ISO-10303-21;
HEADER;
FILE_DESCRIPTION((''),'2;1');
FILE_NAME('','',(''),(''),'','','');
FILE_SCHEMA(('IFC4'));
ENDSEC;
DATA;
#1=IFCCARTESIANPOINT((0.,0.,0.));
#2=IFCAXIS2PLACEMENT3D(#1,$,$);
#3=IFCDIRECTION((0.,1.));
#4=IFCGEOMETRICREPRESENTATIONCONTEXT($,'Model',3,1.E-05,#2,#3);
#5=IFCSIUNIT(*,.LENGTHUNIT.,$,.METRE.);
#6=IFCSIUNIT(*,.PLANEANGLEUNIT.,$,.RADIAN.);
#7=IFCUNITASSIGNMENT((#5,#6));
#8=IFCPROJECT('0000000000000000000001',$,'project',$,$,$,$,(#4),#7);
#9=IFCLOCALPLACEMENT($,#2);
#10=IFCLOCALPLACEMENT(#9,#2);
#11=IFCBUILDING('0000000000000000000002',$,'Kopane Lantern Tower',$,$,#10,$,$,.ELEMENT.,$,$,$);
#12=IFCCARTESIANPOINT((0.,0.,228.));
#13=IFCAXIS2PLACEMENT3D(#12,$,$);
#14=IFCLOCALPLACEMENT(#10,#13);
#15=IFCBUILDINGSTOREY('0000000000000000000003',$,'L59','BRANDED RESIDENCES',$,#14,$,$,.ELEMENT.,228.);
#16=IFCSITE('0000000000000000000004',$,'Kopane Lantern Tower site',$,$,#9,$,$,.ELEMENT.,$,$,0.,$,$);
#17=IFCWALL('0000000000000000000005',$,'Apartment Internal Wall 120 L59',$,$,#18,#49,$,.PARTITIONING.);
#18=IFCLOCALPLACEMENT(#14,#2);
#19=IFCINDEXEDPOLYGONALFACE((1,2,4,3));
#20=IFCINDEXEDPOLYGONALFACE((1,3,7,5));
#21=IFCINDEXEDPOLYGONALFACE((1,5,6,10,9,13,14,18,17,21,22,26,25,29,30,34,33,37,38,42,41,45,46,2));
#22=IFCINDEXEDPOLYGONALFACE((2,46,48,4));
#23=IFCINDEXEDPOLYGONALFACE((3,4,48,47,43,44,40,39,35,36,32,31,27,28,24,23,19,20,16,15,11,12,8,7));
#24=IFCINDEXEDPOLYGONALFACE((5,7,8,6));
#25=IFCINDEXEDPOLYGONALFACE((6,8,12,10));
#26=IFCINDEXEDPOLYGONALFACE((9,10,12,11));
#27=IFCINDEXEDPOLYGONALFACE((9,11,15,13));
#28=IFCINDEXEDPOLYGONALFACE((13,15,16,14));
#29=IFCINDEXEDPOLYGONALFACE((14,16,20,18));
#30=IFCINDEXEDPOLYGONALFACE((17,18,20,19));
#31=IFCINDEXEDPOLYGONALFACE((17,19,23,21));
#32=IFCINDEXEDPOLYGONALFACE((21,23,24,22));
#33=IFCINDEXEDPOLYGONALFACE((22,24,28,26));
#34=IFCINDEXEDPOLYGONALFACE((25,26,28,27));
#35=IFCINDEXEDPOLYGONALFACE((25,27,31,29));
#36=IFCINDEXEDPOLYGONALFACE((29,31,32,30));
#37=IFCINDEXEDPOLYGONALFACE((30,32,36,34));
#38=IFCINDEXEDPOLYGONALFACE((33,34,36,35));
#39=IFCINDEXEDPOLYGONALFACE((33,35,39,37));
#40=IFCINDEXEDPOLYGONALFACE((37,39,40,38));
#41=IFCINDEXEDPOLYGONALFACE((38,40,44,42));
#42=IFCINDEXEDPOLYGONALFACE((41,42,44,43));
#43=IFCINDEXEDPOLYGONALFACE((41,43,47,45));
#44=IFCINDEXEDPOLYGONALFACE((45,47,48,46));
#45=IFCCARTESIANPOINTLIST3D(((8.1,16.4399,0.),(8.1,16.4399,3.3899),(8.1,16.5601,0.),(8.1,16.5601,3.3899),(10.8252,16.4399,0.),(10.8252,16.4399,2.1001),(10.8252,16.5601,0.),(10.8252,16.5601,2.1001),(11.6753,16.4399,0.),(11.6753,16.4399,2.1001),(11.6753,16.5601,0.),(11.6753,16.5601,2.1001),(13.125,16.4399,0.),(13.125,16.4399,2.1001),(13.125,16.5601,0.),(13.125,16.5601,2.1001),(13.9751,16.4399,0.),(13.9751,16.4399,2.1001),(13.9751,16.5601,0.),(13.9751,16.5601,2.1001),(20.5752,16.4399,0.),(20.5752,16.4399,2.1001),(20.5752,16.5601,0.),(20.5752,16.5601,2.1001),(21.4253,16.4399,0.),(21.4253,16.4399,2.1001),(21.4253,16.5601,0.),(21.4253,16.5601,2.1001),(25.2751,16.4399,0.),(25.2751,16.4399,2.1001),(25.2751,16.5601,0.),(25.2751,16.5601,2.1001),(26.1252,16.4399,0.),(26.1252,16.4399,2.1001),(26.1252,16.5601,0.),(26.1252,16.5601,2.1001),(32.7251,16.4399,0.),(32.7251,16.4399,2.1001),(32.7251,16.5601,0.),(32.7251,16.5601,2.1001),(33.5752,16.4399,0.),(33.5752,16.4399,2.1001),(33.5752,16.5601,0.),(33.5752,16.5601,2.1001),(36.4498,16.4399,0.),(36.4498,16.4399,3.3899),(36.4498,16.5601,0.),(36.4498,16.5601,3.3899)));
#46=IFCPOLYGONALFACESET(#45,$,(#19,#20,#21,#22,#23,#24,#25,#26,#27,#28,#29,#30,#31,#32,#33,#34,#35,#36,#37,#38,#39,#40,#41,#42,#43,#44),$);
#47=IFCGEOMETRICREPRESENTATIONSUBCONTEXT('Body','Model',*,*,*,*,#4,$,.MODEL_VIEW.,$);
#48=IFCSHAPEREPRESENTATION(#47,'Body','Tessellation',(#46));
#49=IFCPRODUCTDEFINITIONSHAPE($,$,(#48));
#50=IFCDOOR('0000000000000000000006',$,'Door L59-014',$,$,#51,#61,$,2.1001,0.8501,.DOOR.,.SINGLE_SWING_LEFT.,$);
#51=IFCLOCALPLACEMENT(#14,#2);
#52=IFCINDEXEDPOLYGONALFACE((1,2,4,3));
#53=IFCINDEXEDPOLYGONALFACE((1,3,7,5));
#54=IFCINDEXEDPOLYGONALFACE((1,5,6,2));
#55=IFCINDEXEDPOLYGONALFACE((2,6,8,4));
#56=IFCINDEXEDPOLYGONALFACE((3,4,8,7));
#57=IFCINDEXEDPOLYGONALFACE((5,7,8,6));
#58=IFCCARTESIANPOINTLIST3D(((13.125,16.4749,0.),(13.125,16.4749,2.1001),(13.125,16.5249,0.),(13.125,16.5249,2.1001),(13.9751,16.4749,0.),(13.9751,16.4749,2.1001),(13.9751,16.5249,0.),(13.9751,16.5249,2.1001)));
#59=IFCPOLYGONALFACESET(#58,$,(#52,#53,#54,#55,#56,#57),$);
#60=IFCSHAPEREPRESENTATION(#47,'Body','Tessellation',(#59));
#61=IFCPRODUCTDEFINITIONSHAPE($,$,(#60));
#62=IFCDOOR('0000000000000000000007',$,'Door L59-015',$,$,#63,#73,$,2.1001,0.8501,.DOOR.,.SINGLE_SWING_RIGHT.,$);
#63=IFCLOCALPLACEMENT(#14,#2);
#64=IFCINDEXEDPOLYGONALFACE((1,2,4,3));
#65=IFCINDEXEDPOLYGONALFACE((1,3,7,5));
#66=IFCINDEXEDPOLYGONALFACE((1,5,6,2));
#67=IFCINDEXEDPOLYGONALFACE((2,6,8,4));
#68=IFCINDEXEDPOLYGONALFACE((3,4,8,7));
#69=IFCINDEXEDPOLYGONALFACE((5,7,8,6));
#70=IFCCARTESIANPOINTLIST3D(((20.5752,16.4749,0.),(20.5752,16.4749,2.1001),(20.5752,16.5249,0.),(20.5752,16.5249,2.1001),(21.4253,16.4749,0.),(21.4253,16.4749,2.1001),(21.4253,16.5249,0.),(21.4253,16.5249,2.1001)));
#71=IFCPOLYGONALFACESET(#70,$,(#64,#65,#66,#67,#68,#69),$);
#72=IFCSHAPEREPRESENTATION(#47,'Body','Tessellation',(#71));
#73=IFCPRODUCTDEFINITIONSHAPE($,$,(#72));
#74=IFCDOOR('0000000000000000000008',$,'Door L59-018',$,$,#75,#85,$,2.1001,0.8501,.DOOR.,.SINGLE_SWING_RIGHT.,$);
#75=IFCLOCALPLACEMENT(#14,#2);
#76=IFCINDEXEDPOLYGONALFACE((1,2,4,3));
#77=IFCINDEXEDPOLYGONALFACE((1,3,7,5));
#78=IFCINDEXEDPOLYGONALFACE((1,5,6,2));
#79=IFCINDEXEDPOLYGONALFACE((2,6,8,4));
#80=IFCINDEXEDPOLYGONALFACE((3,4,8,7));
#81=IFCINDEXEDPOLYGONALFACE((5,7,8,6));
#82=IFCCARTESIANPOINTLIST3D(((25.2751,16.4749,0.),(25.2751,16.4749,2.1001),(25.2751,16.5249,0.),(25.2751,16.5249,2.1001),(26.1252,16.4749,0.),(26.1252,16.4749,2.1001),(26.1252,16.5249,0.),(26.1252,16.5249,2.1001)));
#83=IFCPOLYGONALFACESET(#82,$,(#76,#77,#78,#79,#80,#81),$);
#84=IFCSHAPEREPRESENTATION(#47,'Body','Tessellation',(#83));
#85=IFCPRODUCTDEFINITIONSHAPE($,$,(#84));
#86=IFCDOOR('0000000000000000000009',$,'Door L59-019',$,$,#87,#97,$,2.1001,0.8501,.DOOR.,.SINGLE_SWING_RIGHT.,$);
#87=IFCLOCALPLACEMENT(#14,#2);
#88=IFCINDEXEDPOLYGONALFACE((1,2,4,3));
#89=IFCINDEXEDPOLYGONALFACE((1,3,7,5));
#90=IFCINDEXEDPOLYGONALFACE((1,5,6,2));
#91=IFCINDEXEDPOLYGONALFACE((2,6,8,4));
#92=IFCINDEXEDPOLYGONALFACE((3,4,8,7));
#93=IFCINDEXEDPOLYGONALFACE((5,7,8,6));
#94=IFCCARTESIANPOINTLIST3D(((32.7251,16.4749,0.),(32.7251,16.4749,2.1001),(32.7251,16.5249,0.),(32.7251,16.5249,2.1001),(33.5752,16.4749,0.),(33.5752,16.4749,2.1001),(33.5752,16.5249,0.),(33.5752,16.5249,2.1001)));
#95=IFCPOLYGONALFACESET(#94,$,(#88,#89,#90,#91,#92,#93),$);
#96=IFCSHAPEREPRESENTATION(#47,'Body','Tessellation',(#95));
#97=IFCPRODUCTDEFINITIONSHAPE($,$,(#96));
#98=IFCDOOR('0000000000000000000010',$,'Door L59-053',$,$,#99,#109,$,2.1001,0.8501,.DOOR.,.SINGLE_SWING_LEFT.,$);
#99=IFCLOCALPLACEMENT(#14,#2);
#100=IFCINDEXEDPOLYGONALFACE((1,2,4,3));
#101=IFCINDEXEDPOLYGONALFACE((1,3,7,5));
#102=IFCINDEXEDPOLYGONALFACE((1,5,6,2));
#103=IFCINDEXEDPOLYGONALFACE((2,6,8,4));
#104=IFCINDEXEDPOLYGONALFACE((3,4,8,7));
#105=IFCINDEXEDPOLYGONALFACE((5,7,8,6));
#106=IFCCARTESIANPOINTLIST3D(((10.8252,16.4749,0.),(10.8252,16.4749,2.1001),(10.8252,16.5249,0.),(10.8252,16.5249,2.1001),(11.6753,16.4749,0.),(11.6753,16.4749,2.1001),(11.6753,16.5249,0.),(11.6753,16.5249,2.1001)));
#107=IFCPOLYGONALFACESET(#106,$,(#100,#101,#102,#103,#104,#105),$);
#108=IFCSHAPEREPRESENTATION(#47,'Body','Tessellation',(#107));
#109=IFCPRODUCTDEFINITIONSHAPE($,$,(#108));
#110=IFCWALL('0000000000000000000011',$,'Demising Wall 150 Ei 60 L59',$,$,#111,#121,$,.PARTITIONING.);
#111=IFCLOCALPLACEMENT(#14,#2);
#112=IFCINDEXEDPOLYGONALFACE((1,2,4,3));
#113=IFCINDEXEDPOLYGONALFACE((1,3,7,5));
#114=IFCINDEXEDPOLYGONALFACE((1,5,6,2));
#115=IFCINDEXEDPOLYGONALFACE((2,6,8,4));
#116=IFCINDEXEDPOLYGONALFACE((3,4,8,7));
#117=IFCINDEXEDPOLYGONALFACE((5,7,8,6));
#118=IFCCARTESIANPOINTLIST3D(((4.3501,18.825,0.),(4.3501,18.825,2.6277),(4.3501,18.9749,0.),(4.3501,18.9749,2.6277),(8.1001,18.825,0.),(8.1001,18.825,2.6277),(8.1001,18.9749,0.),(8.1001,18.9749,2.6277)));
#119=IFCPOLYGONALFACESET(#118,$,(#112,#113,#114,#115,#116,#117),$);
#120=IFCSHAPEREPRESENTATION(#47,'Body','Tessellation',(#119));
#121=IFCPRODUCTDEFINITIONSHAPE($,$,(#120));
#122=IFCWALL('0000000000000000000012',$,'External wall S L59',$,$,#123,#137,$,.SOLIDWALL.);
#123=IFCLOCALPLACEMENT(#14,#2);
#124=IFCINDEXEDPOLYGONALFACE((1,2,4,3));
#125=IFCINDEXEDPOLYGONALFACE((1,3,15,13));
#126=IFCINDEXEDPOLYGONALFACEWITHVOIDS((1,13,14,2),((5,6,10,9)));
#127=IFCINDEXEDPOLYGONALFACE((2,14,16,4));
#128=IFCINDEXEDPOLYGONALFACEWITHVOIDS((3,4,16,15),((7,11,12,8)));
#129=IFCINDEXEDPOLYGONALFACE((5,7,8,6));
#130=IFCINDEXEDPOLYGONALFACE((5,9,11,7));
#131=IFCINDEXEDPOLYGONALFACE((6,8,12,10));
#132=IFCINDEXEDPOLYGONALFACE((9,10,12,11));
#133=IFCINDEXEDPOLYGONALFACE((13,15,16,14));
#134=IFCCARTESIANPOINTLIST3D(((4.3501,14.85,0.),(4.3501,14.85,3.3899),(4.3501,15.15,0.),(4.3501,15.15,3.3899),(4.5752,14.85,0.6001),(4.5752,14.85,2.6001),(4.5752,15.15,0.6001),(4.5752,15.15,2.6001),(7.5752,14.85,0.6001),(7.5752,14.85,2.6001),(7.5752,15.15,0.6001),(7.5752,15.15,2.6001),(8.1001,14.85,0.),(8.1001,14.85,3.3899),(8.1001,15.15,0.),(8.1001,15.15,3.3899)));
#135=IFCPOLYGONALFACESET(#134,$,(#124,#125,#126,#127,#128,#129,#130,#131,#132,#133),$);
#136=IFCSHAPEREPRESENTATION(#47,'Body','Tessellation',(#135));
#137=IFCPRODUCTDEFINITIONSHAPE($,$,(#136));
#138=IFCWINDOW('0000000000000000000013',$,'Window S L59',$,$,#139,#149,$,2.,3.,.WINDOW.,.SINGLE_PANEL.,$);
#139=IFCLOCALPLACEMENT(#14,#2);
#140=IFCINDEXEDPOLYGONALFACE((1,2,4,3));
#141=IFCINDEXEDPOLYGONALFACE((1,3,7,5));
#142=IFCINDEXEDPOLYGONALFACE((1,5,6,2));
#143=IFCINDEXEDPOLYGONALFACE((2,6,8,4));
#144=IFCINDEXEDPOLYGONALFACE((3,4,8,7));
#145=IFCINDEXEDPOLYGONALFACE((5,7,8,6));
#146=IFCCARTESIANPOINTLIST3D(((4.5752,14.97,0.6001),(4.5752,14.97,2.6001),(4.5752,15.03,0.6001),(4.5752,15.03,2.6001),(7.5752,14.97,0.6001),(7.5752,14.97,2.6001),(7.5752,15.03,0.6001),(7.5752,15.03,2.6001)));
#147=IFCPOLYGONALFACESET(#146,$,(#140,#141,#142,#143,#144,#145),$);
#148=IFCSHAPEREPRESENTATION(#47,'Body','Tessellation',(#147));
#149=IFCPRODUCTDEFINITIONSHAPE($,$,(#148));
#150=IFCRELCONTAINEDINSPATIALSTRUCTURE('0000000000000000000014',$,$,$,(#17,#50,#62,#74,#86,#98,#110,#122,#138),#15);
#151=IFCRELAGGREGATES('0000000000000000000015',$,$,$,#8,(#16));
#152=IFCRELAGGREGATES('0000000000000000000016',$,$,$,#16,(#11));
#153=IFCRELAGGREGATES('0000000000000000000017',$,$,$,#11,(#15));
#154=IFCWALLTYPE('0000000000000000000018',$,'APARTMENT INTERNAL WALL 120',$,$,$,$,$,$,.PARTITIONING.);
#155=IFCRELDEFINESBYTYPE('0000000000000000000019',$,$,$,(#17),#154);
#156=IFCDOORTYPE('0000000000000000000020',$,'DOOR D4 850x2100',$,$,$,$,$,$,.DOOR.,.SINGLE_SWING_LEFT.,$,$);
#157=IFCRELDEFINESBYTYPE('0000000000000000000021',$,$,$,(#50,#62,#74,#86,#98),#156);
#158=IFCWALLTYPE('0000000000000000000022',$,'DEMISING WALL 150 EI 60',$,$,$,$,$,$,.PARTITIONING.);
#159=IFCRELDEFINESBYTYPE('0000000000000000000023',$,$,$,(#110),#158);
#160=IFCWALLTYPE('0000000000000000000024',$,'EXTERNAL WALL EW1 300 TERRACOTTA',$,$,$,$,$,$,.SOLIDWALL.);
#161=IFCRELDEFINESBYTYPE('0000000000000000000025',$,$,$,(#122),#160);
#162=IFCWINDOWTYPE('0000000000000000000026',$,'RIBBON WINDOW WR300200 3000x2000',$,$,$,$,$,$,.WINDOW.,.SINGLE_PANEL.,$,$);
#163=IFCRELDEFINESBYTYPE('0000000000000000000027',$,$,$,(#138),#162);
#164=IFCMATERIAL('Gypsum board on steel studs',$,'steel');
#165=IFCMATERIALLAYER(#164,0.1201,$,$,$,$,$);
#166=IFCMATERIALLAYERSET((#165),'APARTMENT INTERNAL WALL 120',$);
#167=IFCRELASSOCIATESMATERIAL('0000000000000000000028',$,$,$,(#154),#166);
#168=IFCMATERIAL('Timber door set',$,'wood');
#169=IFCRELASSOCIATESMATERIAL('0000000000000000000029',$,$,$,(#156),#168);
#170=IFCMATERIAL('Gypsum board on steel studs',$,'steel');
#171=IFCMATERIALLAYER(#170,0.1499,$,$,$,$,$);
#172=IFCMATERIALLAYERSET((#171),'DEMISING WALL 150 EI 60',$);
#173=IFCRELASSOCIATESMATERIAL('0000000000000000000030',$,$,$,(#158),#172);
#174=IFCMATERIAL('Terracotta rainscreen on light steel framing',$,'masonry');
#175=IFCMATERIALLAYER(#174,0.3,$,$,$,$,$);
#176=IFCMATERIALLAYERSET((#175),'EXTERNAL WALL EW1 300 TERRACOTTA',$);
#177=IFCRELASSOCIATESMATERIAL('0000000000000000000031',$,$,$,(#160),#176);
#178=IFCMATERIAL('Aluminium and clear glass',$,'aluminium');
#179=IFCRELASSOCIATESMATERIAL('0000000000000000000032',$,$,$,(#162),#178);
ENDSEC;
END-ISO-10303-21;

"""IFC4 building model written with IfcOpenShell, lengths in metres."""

from ifc_helpers import new_model, si_unit, direction, frame, frame_2d, origin, place, context, subcontext, project, spatial, rectangle, extrude, material, layer, layer_set, type_object, element, fill, save


model = new_model("IFC4")

# Units and contexts
model_context = context("Model", 3, precision=1e-05, world=origin(), true_north=direction((0.0, 1.0)))
body_context = subcontext(model_context, "Body", "Model", "MODEL_VIEW")
ifc_project = project(units=[si_unit("LENGTHUNIT", "METRE"), si_unit("PLANEANGLEUNIT", "RADIAN")], contexts=[model_context])

# Site, building, storey
site_placement = place(None, origin())
site = spatial("IfcSite", under=ifc_project, at=site_placement, Name="Kopane Lantern Tower site", CompositionType="ELEMENT", RefElevation=0.0)
building_placement = place(site_placement, origin())
building = spatial("IfcBuilding", under=site, at=building_placement, Name="Kopane Lantern Tower", CompositionType="ELEMENT")
storey_placement = place(building_placement, frame((0.0, 0.0, 228.0)))
storey = spatial("IfcBuildingStorey", under=building, at=storey_placement, Name="L59", Description="BRANDED RESIDENCES", CompositionType="ELEMENT", Elevation=228.0)

# Wall, openings, doors
ifc_material_1 = material(Name="Gypsum board on steel studs", Category="steel")
ifc_layer_1 = layer(ifc_material_1, 0.1201)
ifc_layer_set_1 = layer_set([ifc_layer_1], Name="APARTMENT INTERNAL WALL 120")
wall_type_1 = type_object("IfcWallType", Name="APARTMENT INTERNAL WALL 120", PredefinedType="PARTITIONING", material=ifc_layer_set_1)
ifc_material_2 = material(Name="Timber door set", Category="wood")
door_type = type_object("IfcDoorType", Name="DOOR D4 850x2100", OperationType="SINGLE_SWING_LEFT", PredefinedType="DOOR", material=ifc_material_2)
wall_1_placement = place(storey_placement, frame((8.1001, 16.5, 0.0), z_axis=(0.0, 0.0, 1.0), x_axis=(1.0, 0.0, 0.0)))
wall_1 = element("IfcWall", 1, at=wall_1_placement, inside=storey, type_object=wall_type_1, Name="Apartment Internal Wall 120 L59", PredefinedType="PARTITIONING", context=body_context, shape_type="SweptSolid", body=[
    extrude(rectangle(XDim=28.3499, YDim=0.1201, at=frame_2d((14.1748, 0.0))), origin(), (0.0, 0.0, 1.0), 3.3899),
])
opening_1_placement = place(wall_1_placement, frame((5.0249, 0.0, 0.0)))
opening_1 = element("IfcOpeningElement", 2, at=opening_1_placement, cuts=wall_1, PredefinedType="OPENING", context=body_context, shape_type="SweptSolid", body=[
    extrude(rectangle(XDim=0.8501, YDim=2.1001, at=frame_2d((0.425, 1.05))), frame((0.0, 0.0701, 0.0), z_axis=(0.0, -1.0, 0.0), x_axis=(1.0, 0.0, 0.0)), (0.0, 0.0, 1.0), 0.1401),
])
opening_2_placement = place(wall_1_placement, frame((12.4751, 0.0, 0.0)))
opening_2 = element("IfcOpeningElement", 3, at=opening_2_placement, cuts=wall_1, PredefinedType="OPENING", context=body_context, shape_type="SweptSolid", body=[
    extrude(rectangle(XDim=0.8501, YDim=2.1001, at=frame_2d((0.425, 1.05))), frame((0.0, 0.0701, 0.0), z_axis=(0.0, -1.0, 0.0), x_axis=(1.0, 0.0, 0.0)), (0.0, 0.0, 1.0), 0.1401),
])
opening_3_placement = place(wall_1_placement, frame((17.175, 0.0, 0.0)))
opening_3 = element("IfcOpeningElement", 4, at=opening_3_placement, cuts=wall_1, PredefinedType="OPENING", context=body_context, shape_type="SweptSolid", body=[
    extrude(rectangle(XDim=0.8501, YDim=2.1001, at=frame_2d((0.425, 1.05))), frame((0.0, 0.0701, 0.0), z_axis=(0.0, -1.0, 0.0), x_axis=(1.0, 0.0, 0.0)), (0.0, 0.0, 1.0), 0.1401),
])
opening_4_placement = place(wall_1_placement, frame((24.625, 0.0, 0.0)))
opening_4 = element("IfcOpeningElement", 5, at=opening_4_placement, cuts=wall_1, PredefinedType="OPENING", context=body_context, shape_type="SweptSolid", body=[
    extrude(rectangle(XDim=0.8501, YDim=2.1001, at=frame_2d((0.425, 1.05))), frame((0.0, 0.0701, 0.0), z_axis=(0.0, -1.0, 0.0), x_axis=(1.0, 0.0, 0.0)), (0.0, 0.0, 1.0), 0.1401),
])
opening_5_placement = place(wall_1_placement, frame((2.7251, 0.0, 0.0)))
opening_5 = element("IfcOpeningElement", 6, at=opening_5_placement, cuts=wall_1, PredefinedType="OPENING", context=body_context, shape_type="SweptSolid", body=[
    extrude(rectangle(XDim=0.8501, YDim=2.1001, at=frame_2d((0.425, 1.05))), frame((0.0, 0.0701, 0.0), z_axis=(0.0, -1.0, 0.0), x_axis=(1.0, 0.0, 0.0)), (0.0, 0.0, 1.0), 0.1401),
])
door_1_placement = place(opening_1_placement, origin())
door_1 = element("IfcDoor", 7, at=door_1_placement, inside=storey, type_object=door_type, Name="Door L59-014", OperationType="SINGLE_SWING_LEFT", OverallHeight=2.1001, OverallWidth=0.8501, PredefinedType="DOOR", context=body_context, shape_type="SweptSolid", body=[
    extrude(rectangle(XDim=0.8501, YDim=2.1001, at=frame_2d((0.425, 1.05))), frame((0.0, 0.0249, 0.0), z_axis=(0.0, -1.0, 0.0), x_axis=(1.0, 0.0, 0.0)), (0.0, 0.0, 1.0), 0.05),
])
fill(opening_1, door_1)
door_2_placement = place(opening_2_placement, origin())
door_2 = element("IfcDoor", 8, at=door_2_placement, inside=storey, type_object=door_type, Name="Door L59-015", OperationType="SINGLE_SWING_RIGHT", OverallHeight=2.1001, OverallWidth=0.8501, PredefinedType="DOOR", context=body_context, shape_type="SweptSolid", body=[
    extrude(rectangle(XDim=0.8501, YDim=2.1001, at=frame_2d((0.425, 1.05))), frame((0.0, 0.0249, 0.0), z_axis=(0.0, -1.0, 0.0), x_axis=(1.0, 0.0, 0.0)), (0.0, 0.0, 1.0), 0.05),
])
fill(opening_2, door_2)
door_3_placement = place(opening_3_placement, origin())
door_3 = element("IfcDoor", 9, at=door_3_placement, inside=storey, type_object=door_type, Name="Door L59-018", OperationType="SINGLE_SWING_RIGHT", OverallHeight=2.1001, OverallWidth=0.8501, PredefinedType="DOOR", context=body_context, shape_type="SweptSolid", body=[
    extrude(rectangle(XDim=0.8501, YDim=2.1001, at=frame_2d((0.425, 1.05))), frame((0.0, 0.0249, 0.0), z_axis=(0.0, -1.0, 0.0), x_axis=(1.0, 0.0, 0.0)), (0.0, 0.0, 1.0), 0.05),
])
fill(opening_3, door_3)
door_4_placement = place(opening_4_placement, origin())
door_4 = element("IfcDoor", 10, at=door_4_placement, inside=storey, type_object=door_type, Name="Door L59-019", OperationType="SINGLE_SWING_RIGHT", OverallHeight=2.1001, OverallWidth=0.8501, PredefinedType="DOOR", context=body_context, shape_type="SweptSolid", body=[
    extrude(rectangle(XDim=0.8501, YDim=2.1001, at=frame_2d((0.425, 1.05))), frame((0.0, 0.0249, 0.0), z_axis=(0.0, -1.0, 0.0), x_axis=(1.0, 0.0, 0.0)), (0.0, 0.0, 1.0), 0.05),
])
fill(opening_4, door_4)
door_5_placement = place(opening_5_placement, origin())
door_5 = element("IfcDoor", 11, at=door_5_placement, inside=storey, type_object=door_type, Name="Door L59-053", OperationType="SINGLE_SWING_LEFT", OverallHeight=2.1001, OverallWidth=0.8501, PredefinedType="DOOR", context=body_context, shape_type="SweptSolid", body=[
    extrude(rectangle(XDim=0.8501, YDim=2.1001, at=frame_2d((0.425, 1.05))), frame((0.0, 0.0249, 0.0), z_axis=(0.0, -1.0, 0.0), x_axis=(1.0, 0.0, 0.0)), (0.0, 0.0, 1.0), 0.05),
])
fill(opening_5, door_5)

# Wall
ifc_material_3 = material(Name="Gypsum board on steel studs", Category="steel")
ifc_layer_2 = layer(ifc_material_3, 0.1499)
ifc_layer_set_2 = layer_set([ifc_layer_2], Name="DEMISING WALL 150 EI 60")
wall_type_2 = type_object("IfcWallType", Name="DEMISING WALL 150 EI 60", PredefinedType="PARTITIONING", material=ifc_layer_set_2)
wall_2_placement = place(storey_placement, frame((4.3501, 18.8999, 0.0), z_axis=(0.0, 0.0, 1.0), x_axis=(1.0, 0.0, 0.0)))
element("IfcWall", 12, at=wall_2_placement, inside=storey, type_object=wall_type_2, Name="Demising Wall 150 Ei 60 L59", PredefinedType="PARTITIONING", context=body_context, shape_type="SweptSolid", body=[
    extrude(rectangle(XDim=3.75, YDim=0.1499, at=frame_2d((1.875, 0.0))), origin(), (0.0, 0.0, 1.0), 2.6277),
])

# Wall, opening, window
ifc_material_4 = material(Name="Terracotta rainscreen on light steel framing", Category="masonry")
ifc_layer_3 = layer(ifc_material_4, 0.3)
ifc_layer_set_3 = layer_set([ifc_layer_3], Name="EXTERNAL WALL EW1 300 TERRACOTTA")
wall_type_3 = type_object("IfcWallType", Name="EXTERNAL WALL EW1 300 TERRACOTTA", PredefinedType="SOLIDWALL", material=ifc_layer_set_3)
wall_3_placement = place(storey_placement, frame((4.3501, 15.0, 0.0), z_axis=(0.0, 0.0, 1.0), x_axis=(1.0, 0.0, 0.0)))
wall_3 = element("IfcWall", 13, at=wall_3_placement, inside=storey, type_object=wall_type_3, Name="External wall S L59", PredefinedType="SOLIDWALL", context=body_context, shape_type="SweptSolid", body=[
    extrude(rectangle(XDim=3.75, YDim=0.3, at=frame_2d((1.875, 0.0))), origin(), (0.0, 0.0, 1.0), 3.3899),
])
opening_6_placement = place(wall_3_placement, frame((0.2251, 0.0, 0.6001)))
opening_6 = element("IfcOpeningElement", 14, at=opening_6_placement, cuts=wall_3, PredefinedType="OPENING", context=body_context, shape_type="SweptSolid", body=[
    extrude(rectangle(XDim=3.0, YDim=2.0, at=frame_2d((1.5, 1.0))), frame((0.0, 0.1599, 0.0), z_axis=(0.0, -1.0, 0.0), x_axis=(1.0, 0.0, 0.0)), (0.0, 0.0, 1.0), 0.3201),
])
ifc_material_5 = material(Name="Aluminium and clear glass", Category="aluminium")
window_type = type_object("IfcWindowType", Name="RIBBON WINDOW WR300200 3000x2000", PartitioningType="SINGLE_PANEL", PredefinedType="WINDOW", material=ifc_material_5)
window_placement = place(opening_6_placement, origin())
window = element("IfcWindow", 15, at=window_placement, inside=storey, type_object=window_type, Name="Window S L59", OverallHeight=2.0, OverallWidth=3.0, PartitioningType="SINGLE_PANEL", PredefinedType="WINDOW", context=body_context, shape_type="SweptSolid", body=[
    extrude(rectangle(XDim=3.0, YDim=2.0, at=frame_2d((1.5, 1.0))), frame((0.0, 0.03, 0.0), z_axis=(0.0, -1.0, 0.0), x_axis=(1.0, 0.0, 0.0)), (0.0, 0.0, 1.0), 0.0601),
])
fill(opening_6, window)

save(model, "model.ifc")
